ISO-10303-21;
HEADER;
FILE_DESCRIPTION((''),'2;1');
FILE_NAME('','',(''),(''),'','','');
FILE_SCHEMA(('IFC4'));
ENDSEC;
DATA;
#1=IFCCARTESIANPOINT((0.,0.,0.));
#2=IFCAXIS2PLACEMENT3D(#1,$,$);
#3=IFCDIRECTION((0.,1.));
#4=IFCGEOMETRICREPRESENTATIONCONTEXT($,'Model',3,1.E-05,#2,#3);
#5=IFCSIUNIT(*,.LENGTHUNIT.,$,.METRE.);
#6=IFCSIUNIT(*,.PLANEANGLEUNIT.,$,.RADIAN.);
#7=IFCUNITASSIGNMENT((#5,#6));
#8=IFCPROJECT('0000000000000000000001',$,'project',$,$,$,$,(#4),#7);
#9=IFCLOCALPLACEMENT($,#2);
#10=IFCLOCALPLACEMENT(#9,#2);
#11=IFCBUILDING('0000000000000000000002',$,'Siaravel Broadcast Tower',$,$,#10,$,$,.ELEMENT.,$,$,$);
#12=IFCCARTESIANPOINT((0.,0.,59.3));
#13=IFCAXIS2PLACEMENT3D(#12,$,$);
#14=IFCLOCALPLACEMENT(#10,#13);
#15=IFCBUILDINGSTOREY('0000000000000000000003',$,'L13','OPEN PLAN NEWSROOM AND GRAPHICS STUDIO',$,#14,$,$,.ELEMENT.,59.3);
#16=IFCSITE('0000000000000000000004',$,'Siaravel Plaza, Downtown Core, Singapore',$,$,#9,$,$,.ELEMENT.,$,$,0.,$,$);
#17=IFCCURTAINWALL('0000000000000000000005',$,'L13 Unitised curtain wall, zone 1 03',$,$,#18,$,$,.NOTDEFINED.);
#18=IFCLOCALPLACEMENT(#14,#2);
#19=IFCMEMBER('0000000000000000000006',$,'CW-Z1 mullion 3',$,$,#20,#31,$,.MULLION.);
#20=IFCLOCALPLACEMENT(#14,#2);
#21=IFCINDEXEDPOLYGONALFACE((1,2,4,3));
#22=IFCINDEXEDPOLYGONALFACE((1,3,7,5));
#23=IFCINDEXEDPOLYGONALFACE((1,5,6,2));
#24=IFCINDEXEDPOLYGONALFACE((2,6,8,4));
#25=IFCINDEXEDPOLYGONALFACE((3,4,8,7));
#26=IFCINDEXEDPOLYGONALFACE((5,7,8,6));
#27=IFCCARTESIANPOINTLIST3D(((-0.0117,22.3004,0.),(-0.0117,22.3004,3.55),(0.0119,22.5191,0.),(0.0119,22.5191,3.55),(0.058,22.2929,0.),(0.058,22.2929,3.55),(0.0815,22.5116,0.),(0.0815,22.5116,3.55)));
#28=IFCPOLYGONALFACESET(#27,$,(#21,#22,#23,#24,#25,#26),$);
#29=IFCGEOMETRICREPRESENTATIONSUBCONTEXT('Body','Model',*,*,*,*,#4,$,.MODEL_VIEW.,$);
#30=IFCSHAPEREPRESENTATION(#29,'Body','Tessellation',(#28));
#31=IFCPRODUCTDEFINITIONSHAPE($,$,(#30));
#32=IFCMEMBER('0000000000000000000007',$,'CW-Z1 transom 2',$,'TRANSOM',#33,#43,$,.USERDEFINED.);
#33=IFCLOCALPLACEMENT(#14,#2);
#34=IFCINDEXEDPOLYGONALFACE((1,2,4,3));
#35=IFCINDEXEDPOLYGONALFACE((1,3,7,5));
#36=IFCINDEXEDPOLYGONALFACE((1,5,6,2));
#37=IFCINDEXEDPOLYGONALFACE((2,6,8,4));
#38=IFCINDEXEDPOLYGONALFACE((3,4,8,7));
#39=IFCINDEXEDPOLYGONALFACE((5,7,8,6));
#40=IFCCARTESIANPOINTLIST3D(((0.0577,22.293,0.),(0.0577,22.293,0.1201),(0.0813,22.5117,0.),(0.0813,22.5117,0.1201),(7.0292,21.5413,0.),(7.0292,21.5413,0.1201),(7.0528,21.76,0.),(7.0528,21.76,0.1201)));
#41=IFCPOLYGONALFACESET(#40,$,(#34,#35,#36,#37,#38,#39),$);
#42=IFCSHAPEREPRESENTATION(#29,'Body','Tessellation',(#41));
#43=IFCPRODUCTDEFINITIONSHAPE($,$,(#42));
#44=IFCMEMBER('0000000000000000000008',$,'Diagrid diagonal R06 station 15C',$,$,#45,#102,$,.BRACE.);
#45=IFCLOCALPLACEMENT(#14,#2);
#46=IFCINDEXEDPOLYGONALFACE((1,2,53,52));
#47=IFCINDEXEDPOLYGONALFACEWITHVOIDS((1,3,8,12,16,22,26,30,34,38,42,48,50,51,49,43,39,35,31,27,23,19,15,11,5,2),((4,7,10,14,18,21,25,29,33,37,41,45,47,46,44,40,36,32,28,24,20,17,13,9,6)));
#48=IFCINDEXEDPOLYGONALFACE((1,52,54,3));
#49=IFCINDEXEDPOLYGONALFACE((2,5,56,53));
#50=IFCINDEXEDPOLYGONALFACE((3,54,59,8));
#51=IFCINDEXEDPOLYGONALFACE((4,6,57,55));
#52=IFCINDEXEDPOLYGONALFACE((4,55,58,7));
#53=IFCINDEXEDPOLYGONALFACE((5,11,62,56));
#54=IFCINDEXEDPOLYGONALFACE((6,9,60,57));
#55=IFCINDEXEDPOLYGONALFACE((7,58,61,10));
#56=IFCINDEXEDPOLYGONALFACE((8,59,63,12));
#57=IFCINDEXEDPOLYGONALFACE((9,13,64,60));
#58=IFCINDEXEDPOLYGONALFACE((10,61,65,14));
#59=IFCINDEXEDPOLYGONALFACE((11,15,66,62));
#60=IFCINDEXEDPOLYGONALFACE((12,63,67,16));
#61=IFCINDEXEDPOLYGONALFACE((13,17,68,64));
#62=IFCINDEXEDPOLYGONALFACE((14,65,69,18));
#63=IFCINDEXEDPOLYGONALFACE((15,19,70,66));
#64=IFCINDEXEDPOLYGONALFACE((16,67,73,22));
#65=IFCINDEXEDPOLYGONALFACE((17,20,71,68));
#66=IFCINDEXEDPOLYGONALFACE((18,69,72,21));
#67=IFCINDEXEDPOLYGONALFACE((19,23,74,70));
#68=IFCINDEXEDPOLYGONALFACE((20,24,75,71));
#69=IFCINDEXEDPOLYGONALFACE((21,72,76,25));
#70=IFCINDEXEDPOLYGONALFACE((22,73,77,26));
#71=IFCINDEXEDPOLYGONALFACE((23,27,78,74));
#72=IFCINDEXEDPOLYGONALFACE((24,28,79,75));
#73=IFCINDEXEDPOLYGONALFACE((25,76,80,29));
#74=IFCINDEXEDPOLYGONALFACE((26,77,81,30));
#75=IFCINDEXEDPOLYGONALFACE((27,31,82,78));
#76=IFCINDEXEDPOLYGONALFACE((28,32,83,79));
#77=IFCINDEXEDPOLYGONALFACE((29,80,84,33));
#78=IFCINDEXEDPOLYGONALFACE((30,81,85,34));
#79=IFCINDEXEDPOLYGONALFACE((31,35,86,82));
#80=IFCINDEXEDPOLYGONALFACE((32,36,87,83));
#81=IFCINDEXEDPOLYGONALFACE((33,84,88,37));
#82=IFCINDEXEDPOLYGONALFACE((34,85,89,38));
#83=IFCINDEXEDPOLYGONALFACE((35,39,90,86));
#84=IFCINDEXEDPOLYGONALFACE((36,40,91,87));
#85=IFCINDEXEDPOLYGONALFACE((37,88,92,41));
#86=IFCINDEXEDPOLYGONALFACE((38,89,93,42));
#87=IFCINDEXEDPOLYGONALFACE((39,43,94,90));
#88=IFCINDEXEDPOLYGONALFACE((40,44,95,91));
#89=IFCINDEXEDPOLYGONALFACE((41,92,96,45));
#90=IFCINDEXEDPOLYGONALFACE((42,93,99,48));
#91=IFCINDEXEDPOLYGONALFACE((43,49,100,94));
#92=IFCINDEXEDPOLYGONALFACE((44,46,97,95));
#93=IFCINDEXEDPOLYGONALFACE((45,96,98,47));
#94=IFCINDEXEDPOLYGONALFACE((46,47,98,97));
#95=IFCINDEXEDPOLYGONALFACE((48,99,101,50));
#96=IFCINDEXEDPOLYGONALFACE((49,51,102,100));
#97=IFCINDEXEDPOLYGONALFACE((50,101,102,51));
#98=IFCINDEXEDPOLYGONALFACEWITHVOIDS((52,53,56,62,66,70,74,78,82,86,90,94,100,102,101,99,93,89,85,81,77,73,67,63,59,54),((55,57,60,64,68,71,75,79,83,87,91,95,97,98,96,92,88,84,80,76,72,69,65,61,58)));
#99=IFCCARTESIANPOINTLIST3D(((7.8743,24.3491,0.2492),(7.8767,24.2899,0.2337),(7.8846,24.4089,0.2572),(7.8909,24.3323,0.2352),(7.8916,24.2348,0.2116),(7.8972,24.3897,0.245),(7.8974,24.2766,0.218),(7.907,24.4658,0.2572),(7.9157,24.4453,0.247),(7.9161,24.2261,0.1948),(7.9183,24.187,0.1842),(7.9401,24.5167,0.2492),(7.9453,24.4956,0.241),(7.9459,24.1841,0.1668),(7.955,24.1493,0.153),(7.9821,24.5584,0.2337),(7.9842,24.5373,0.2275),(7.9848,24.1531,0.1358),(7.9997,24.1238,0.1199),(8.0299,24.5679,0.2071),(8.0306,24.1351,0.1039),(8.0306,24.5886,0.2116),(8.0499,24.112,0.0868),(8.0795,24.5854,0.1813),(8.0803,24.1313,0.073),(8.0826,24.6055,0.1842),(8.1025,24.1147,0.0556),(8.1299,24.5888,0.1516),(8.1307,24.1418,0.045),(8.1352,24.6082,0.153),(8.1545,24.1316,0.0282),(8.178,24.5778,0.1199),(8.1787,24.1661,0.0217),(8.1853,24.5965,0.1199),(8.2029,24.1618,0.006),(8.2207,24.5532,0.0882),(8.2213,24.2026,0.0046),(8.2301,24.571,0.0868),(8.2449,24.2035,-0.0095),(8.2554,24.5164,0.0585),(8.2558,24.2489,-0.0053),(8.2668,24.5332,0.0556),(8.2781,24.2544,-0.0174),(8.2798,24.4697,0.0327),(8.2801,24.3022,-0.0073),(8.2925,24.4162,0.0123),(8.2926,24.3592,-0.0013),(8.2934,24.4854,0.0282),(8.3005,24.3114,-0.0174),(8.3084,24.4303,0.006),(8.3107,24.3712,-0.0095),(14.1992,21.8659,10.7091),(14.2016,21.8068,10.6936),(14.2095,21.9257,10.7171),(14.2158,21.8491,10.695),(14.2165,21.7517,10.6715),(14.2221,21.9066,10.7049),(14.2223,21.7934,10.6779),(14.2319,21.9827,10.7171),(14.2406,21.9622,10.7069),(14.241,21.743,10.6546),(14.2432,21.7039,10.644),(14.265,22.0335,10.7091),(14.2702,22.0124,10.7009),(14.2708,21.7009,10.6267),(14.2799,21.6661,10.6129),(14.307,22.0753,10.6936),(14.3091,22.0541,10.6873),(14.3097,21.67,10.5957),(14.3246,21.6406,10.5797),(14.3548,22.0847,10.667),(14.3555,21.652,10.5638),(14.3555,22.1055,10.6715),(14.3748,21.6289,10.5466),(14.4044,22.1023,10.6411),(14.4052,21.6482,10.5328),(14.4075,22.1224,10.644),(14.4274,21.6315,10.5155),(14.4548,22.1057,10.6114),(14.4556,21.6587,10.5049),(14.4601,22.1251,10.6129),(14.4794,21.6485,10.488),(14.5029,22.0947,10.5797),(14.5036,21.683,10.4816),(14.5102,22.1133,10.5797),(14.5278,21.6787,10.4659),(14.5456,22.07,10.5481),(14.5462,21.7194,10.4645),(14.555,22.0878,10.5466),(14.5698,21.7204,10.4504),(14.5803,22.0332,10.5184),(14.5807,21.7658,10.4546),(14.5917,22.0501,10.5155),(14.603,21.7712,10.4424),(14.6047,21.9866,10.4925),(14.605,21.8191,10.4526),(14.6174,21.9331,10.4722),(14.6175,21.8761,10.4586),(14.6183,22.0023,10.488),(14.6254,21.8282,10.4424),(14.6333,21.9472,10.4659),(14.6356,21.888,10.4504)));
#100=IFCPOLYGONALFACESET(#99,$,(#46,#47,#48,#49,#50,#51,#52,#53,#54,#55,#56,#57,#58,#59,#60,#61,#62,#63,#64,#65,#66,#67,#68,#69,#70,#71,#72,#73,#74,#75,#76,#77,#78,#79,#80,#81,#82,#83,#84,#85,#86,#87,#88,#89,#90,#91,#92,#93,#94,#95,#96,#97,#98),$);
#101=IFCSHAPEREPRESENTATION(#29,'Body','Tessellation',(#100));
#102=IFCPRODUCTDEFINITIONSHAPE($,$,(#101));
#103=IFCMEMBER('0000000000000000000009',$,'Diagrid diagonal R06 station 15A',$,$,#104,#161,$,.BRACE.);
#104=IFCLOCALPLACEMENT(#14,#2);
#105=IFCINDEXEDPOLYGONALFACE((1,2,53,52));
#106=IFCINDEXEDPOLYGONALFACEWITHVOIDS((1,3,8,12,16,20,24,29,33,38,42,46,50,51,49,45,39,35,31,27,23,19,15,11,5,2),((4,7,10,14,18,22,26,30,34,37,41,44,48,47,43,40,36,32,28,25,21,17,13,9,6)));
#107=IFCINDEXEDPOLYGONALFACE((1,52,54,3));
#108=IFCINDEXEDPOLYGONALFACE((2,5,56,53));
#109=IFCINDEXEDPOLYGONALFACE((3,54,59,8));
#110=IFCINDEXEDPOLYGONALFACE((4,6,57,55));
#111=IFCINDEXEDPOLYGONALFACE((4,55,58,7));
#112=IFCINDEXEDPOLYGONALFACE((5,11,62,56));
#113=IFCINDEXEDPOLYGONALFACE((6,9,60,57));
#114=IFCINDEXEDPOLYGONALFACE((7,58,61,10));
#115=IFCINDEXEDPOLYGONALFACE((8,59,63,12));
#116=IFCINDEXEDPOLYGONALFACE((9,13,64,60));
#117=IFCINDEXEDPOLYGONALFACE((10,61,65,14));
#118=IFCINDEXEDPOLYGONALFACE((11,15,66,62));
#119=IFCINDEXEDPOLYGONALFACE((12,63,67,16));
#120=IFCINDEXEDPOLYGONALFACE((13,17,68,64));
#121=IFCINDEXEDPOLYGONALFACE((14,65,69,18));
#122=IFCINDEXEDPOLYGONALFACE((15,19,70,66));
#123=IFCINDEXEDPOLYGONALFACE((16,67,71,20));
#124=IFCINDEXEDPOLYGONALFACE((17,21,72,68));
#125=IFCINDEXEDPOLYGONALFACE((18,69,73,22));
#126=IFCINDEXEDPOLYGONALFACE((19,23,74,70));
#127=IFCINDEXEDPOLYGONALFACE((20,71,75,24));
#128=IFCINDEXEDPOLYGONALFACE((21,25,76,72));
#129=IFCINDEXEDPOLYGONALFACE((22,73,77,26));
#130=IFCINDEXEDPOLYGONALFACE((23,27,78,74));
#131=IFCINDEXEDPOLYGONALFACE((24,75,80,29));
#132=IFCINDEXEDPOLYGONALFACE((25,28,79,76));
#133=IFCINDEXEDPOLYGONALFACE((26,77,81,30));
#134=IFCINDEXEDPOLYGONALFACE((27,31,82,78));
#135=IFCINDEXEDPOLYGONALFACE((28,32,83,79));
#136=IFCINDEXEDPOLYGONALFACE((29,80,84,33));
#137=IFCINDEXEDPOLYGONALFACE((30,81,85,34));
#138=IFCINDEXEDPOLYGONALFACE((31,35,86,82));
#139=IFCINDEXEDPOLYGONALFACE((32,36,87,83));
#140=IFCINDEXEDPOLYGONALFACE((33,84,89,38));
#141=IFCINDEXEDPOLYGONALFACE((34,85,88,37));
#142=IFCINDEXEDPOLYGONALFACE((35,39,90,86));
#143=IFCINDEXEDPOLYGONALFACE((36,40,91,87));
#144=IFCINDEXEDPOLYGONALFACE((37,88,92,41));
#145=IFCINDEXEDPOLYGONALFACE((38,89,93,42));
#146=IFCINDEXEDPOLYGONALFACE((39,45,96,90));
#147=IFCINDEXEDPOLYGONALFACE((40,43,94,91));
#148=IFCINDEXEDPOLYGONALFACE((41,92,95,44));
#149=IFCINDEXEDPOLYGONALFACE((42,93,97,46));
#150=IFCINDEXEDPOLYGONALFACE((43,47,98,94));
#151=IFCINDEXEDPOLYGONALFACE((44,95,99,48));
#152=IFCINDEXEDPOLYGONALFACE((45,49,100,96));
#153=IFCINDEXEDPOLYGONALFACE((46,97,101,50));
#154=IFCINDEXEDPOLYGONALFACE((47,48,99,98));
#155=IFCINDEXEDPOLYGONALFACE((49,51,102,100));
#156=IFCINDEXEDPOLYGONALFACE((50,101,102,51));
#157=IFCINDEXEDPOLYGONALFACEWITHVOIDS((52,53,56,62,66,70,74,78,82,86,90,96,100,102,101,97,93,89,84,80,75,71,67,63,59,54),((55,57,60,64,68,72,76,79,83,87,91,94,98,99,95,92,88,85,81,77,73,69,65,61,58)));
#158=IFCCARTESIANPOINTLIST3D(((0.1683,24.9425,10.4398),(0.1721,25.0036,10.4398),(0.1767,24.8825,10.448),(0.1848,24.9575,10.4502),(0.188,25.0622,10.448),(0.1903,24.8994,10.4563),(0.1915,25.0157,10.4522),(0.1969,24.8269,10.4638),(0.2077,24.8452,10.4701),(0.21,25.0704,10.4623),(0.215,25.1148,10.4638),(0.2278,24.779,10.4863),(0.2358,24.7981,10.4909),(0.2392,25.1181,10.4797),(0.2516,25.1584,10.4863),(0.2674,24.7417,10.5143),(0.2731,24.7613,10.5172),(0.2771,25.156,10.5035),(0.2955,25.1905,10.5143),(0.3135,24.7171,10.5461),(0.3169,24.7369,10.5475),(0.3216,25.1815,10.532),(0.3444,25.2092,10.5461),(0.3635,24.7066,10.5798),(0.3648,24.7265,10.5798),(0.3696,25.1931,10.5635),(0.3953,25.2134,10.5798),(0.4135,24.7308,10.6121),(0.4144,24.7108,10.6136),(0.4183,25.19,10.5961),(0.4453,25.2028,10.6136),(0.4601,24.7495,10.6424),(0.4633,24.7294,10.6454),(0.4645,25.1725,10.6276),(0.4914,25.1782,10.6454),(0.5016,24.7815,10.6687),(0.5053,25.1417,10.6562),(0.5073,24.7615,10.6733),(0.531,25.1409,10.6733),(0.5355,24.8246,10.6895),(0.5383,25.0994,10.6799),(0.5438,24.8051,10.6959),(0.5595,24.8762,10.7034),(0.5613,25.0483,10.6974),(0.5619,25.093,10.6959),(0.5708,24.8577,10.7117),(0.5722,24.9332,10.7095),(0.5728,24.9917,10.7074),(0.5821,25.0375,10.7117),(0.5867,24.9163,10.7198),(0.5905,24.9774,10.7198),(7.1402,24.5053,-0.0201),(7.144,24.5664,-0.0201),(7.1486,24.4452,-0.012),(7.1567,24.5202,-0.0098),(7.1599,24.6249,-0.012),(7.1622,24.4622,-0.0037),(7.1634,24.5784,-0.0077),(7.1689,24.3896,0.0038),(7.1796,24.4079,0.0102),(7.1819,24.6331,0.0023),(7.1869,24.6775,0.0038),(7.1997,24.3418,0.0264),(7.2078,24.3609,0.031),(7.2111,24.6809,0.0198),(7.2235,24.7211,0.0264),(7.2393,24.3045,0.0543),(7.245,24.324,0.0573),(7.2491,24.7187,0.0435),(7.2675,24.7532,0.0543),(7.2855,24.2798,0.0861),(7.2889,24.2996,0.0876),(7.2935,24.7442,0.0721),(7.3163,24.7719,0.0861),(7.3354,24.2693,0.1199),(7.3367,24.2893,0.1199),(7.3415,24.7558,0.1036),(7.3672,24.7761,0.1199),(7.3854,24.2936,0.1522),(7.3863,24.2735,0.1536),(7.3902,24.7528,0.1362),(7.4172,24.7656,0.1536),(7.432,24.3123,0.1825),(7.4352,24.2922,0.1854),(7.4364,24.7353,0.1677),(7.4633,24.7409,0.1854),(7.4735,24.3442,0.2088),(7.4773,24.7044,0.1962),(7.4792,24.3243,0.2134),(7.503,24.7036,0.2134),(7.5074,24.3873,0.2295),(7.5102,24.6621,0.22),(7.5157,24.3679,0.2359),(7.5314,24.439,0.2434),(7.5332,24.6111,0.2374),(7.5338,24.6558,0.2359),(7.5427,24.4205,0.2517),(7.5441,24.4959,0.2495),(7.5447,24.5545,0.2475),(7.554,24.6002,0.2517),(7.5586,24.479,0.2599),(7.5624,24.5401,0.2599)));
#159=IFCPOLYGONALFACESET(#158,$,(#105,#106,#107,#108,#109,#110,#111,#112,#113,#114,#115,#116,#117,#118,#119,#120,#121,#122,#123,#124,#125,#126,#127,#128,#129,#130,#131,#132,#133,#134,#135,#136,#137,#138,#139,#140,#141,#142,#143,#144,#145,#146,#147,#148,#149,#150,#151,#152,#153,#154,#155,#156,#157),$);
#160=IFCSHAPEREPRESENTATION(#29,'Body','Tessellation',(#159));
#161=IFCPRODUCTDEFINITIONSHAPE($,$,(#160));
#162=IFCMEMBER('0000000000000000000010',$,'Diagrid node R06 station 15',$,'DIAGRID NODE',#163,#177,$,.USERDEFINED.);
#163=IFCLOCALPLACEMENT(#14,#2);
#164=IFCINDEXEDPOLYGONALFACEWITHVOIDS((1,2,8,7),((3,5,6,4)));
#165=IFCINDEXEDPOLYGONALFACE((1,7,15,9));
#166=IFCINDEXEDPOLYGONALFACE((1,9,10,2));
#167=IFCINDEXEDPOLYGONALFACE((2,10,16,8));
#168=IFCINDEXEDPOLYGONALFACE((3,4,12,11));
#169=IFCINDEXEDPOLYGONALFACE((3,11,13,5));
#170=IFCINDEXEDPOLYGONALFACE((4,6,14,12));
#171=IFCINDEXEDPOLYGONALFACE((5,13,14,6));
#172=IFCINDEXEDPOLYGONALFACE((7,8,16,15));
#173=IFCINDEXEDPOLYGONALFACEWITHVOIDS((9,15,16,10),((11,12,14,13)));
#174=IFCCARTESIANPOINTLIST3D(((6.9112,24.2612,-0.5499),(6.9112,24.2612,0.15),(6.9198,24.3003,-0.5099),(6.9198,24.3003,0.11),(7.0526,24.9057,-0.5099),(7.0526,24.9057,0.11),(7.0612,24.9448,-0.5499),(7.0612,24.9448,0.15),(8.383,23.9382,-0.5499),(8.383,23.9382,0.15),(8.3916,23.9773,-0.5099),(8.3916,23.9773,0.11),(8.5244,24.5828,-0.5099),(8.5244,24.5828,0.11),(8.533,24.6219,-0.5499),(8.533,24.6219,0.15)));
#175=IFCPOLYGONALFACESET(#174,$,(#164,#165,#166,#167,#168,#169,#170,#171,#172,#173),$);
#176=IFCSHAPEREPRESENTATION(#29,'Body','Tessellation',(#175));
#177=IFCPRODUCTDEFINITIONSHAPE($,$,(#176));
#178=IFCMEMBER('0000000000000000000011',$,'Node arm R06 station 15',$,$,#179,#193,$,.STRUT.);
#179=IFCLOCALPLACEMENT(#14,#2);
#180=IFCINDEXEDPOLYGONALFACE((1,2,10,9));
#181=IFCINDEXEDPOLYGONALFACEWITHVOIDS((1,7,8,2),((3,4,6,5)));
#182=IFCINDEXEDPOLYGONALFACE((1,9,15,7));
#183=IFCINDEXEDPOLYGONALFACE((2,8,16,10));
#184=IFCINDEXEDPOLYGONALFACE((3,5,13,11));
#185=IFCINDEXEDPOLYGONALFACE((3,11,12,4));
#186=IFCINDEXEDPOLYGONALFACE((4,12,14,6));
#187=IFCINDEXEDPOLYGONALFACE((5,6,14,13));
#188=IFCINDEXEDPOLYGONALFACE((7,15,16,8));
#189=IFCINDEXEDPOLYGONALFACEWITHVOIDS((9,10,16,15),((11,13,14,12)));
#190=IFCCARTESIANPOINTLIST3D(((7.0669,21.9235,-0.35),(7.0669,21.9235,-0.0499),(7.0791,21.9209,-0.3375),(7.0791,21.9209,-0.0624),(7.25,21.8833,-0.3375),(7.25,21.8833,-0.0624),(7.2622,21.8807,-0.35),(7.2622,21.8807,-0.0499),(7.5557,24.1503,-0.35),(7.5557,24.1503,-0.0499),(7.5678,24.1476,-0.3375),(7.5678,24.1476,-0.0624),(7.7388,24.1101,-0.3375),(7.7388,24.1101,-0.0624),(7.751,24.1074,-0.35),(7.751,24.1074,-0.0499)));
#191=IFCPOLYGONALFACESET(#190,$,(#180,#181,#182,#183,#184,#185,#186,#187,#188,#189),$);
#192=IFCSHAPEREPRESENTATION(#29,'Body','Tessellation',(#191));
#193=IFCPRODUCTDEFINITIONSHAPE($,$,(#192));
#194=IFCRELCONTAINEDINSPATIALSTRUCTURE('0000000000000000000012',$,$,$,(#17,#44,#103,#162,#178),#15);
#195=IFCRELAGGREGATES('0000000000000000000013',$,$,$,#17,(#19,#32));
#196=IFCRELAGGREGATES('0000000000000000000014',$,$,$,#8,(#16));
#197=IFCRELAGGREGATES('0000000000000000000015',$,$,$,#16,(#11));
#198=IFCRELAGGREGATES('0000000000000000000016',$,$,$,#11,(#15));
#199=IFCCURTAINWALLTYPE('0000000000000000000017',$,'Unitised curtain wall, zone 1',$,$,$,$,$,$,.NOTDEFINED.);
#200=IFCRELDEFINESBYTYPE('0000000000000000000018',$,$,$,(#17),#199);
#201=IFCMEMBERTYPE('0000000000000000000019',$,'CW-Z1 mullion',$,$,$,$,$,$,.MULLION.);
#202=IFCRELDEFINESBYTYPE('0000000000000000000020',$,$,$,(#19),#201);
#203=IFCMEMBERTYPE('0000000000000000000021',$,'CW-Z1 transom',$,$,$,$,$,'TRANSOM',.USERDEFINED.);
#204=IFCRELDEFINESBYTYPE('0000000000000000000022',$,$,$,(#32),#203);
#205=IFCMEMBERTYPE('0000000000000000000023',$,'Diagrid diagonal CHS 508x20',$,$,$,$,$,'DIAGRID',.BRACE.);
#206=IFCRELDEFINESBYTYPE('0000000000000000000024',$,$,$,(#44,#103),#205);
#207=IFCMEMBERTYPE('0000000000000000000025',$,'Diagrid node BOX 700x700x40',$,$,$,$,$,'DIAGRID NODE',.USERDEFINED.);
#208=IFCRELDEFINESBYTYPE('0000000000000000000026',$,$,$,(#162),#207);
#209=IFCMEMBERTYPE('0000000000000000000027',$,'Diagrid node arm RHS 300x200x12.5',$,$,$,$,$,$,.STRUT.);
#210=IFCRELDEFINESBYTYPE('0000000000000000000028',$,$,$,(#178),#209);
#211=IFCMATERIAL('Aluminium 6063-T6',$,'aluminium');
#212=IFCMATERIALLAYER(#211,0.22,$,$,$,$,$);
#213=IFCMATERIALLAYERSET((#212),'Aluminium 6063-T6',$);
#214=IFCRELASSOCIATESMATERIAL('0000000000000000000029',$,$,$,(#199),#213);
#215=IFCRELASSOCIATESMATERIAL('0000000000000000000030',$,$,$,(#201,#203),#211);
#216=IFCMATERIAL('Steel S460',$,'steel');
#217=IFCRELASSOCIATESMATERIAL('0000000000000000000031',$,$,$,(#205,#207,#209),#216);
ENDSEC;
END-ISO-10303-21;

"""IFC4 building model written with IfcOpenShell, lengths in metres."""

from ifc_helpers import new_model, si_unit, direction, frame, origin, origin_2d, place, context, subcontext, project, spatial, rectangle, hollow_rectangle, hollow_circle, extrude, material, layer, layer_set, material_profile, profile_set, type_object, element, aggregate, save


model = new_model("IFC4")

# Units and contexts
model_context = context("Model", 3, precision=1e-05, world=origin(), true_north=direction((0.0, 1.0)))
body_context = subcontext(model_context, "Body", "Model", "MODEL_VIEW")
ifc_project = project(units=[si_unit("LENGTHUNIT", "METRE"), si_unit("PLANEANGLEUNIT", "RADIAN")], contexts=[model_context])

# Site, building, storey
site_placement = place(None, origin())
site = spatial("IfcSite", under=ifc_project, at=site_placement, Name="Siaravel Plaza, Downtown Core, Singapore", CompositionType="ELEMENT", RefElevation=0.0)
building_placement = place(site_placement, origin())
building = spatial("IfcBuilding", under=site, at=building_placement, Name="Siaravel Broadcast Tower", CompositionType="ELEMENT")
storey_placement = place(building_placement, frame((0.0, 0.0, 59.3)))
storey = spatial("IfcBuildingStorey", under=building, at=storey_placement, Name="L13", Description="OPEN PLAN NEWSROOM AND GRAPHICS STUDIO", CompositionType="ELEMENT", Elevation=59.3)

# Curtain wall, members
ifc_material_1 = material(Name="Aluminium 6063-T6", Category="aluminium")
ifc_layer_1 = layer(ifc_material_1, 0.22)
ifc_layer_set_1 = layer_set([ifc_layer_1], Name="Aluminium 6063-T6")
curtain_wall_type = type_object("IfcCurtainWallType", Name="Unitised curtain wall, zone 1", PredefinedType="NOTDEFINED", material=ifc_layer_set_1)
curtain_wall_placement = place(storey_placement, origin())
curtain_wall = element("IfcCurtainWall", 1, at=curtain_wall_placement, inside=storey, type_object=curtain_wall_type, Name="L13 Unitised curtain wall, zone 1 03", PredefinedType="NOTDEFINED")
ifc_material_profile_1 = material_profile(ifc_material_1, rectangle(XDim=0.22, YDim=0.0701, at=origin_2d()))
ifc_profile_set_1 = profile_set([ifc_material_profile_1], Name="Aluminium 6063-T6")
member_type_1 = type_object("IfcMemberType", Name="CW-Z1 mullion", PredefinedType="MULLION", material=ifc_profile_set_1)
member_1_placement = place(storey_placement, frame((0.0349, 22.406, 0.0), z_axis=(0.0, 0.0, 1.0), x_axis=(-0.107217, -0.994236, 0.0)))
member_1 = element("IfcMember", 2, at=member_1_placement, type_object=member_type_1, Name="CW-Z1 mullion 3", PredefinedType="MULLION", context=body_context, shape_type="SweptSolid", body=[
    extrude(rectangle(XDim=0.22, YDim=0.0701, at=origin_2d()), origin(), (0.0, 0.0, 1.0), 3.55),
])
ifc_material_profile_2 = material_profile(ifc_material_1, rectangle(XDim=0.22, YDim=0.1201, at=origin_2d()))
ifc_profile_set_2 = profile_set([ifc_material_profile_2], Name="Aluminium 6063-T6")
member_type_2 = type_object("IfcMemberType", Name="CW-Z1 transom", ElementType="TRANSOM", PredefinedType="USERDEFINED", material=ifc_profile_set_2)
member_2_placement = place(storey_placement, frame((7.041, 21.6506, 0.0601), z_axis=(-0.994237, 0.107206, 0.0), x_axis=(-0.107206, -0.994237, 0.0)))
member_2 = element("IfcMember", 3, at=member_2_placement, type_object=member_type_2, Name="CW-Z1 transom 2", ObjectType="TRANSOM", PredefinedType="USERDEFINED", context=body_context, shape_type="SweptSolid", body=[
    extrude(rectangle(XDim=0.22, YDim=0.1201, at=origin_2d()), origin(), (0.0, 0.0, 1.0), 7.012),
])

# Members
ifc_material_2 = material(Name="Steel S460", Category="steel")
ifc_material_profile_3 = material_profile(ifc_material_2, hollow_circle(Radius=0.2539, WallThickness=0.02, at=origin_2d()))
ifc_profile_set_3 = profile_set([ifc_material_profile_3], Name="Steel S460")
member_type_3 = type_object("IfcMemberType", Name="Diagrid diagonal CHS 508x20", ElementType="DIAGRID", PredefinedType="BRACE", material=ifc_profile_set_3)
member_3_placement = place(storey_placement, frame((8.0925, 24.3601, 0.1199), z_axis=(0.507081, -0.199078, 0.838592), x_axis=(0.365442, 0.930834, 0.0)))
element("IfcMember", 4, at=member_3_placement, inside=storey, type_object=member_type_3, Name="Diagrid diagonal R06 station 15C", PredefinedType="BRACE", context=body_context, shape_type="SweptSolid", body=[
    extrude(hollow_circle(Radius=0.2539, WallThickness=0.02, at=origin_2d()), origin(), (0.0, 0.0, 1.0), 12.4731),
])
member_4_placement = place(storey_placement, frame((7.3513, 24.5227, 0.1199), z_axis=(-0.554289, 0.034763, 0.831598), x_axis=(-0.062594, -0.998039, 0.0)))
element("IfcMember", 5, at=member_4_placement, inside=storey, type_object=member_type_3, Name="Diagrid diagonal R06 station 15A", PredefinedType="BRACE", context=body_context, shape_type="SweptSolid", body=[
    extrude(hollow_circle(Radius=0.2539, WallThickness=0.02, at=origin_2d()), origin(), (0.0, 0.0, 1.0), 12.5781),
])
ifc_material_profile_4 = material_profile(ifc_material_2, hollow_rectangle(XDim=0.7, YDim=0.7, WallThickness=0.04, at=origin_2d()))
ifc_profile_set_4 = profile_set([ifc_material_profile_4], Name="Steel S460")
member_type_4 = type_object("IfcMemberType", Name="Diagrid node BOX 700x700x40", ElementType="DIAGRID NODE", PredefinedType="USERDEFINED", material=ifc_profile_set_4)
member_5_placement = place(storey_placement, frame((8.458, 24.28, -0.2), z_axis=(-0.976759, 0.214339, 0.0), x_axis=(-0.214339, -0.976759, 0.0)))
element("IfcMember", 6, at=member_5_placement, inside=storey, type_object=member_type_4, Name="Diagrid node R06 station 15", ObjectType="DIAGRID NODE", PredefinedType="USERDEFINED", context=body_context, shape_type="SweptSolid", body=[
    extrude(hollow_rectangle(XDim=0.7, YDim=0.7, WallThickness=0.04, at=origin_2d()), origin(), (0.0, 0.0, 1.0), 1.5068),
])
ifc_material_profile_5 = material_profile(ifc_material_2, hollow_rectangle(XDim=0.2, YDim=0.3, WallThickness=0.0125, at=origin_2d()))
ifc_profile_set_5 = profile_set([ifc_material_profile_5], Name="Steel S460")
member_type_5 = type_object("IfcMemberType", Name="Diagrid node arm RHS 300x200x12.5", PredefinedType="STRUT", material=ifc_profile_set_5)
member_6_placement = place(storey_placement, frame((7.1646, 21.9021, -0.2), z_axis=(0.21439, 0.976748, 0.0), x_axis=(-0.976748, 0.21439, 0.0)))
element("IfcMember", 7, at=member_6_placement, inside=storey, type_object=member_type_5, Name="Node arm R06 station 15", PredefinedType="STRUT", context=body_context, shape_type="SweptSolid", body=[
    extrude(hollow_rectangle(XDim=0.2, YDim=0.3, WallThickness=0.0125, at=origin_2d()), origin(), (0.0, 0.0, 1.0), 2.2798),
])

aggregate(curtain_wall, [member_1, member_2])

save(model, "model.ifc")
